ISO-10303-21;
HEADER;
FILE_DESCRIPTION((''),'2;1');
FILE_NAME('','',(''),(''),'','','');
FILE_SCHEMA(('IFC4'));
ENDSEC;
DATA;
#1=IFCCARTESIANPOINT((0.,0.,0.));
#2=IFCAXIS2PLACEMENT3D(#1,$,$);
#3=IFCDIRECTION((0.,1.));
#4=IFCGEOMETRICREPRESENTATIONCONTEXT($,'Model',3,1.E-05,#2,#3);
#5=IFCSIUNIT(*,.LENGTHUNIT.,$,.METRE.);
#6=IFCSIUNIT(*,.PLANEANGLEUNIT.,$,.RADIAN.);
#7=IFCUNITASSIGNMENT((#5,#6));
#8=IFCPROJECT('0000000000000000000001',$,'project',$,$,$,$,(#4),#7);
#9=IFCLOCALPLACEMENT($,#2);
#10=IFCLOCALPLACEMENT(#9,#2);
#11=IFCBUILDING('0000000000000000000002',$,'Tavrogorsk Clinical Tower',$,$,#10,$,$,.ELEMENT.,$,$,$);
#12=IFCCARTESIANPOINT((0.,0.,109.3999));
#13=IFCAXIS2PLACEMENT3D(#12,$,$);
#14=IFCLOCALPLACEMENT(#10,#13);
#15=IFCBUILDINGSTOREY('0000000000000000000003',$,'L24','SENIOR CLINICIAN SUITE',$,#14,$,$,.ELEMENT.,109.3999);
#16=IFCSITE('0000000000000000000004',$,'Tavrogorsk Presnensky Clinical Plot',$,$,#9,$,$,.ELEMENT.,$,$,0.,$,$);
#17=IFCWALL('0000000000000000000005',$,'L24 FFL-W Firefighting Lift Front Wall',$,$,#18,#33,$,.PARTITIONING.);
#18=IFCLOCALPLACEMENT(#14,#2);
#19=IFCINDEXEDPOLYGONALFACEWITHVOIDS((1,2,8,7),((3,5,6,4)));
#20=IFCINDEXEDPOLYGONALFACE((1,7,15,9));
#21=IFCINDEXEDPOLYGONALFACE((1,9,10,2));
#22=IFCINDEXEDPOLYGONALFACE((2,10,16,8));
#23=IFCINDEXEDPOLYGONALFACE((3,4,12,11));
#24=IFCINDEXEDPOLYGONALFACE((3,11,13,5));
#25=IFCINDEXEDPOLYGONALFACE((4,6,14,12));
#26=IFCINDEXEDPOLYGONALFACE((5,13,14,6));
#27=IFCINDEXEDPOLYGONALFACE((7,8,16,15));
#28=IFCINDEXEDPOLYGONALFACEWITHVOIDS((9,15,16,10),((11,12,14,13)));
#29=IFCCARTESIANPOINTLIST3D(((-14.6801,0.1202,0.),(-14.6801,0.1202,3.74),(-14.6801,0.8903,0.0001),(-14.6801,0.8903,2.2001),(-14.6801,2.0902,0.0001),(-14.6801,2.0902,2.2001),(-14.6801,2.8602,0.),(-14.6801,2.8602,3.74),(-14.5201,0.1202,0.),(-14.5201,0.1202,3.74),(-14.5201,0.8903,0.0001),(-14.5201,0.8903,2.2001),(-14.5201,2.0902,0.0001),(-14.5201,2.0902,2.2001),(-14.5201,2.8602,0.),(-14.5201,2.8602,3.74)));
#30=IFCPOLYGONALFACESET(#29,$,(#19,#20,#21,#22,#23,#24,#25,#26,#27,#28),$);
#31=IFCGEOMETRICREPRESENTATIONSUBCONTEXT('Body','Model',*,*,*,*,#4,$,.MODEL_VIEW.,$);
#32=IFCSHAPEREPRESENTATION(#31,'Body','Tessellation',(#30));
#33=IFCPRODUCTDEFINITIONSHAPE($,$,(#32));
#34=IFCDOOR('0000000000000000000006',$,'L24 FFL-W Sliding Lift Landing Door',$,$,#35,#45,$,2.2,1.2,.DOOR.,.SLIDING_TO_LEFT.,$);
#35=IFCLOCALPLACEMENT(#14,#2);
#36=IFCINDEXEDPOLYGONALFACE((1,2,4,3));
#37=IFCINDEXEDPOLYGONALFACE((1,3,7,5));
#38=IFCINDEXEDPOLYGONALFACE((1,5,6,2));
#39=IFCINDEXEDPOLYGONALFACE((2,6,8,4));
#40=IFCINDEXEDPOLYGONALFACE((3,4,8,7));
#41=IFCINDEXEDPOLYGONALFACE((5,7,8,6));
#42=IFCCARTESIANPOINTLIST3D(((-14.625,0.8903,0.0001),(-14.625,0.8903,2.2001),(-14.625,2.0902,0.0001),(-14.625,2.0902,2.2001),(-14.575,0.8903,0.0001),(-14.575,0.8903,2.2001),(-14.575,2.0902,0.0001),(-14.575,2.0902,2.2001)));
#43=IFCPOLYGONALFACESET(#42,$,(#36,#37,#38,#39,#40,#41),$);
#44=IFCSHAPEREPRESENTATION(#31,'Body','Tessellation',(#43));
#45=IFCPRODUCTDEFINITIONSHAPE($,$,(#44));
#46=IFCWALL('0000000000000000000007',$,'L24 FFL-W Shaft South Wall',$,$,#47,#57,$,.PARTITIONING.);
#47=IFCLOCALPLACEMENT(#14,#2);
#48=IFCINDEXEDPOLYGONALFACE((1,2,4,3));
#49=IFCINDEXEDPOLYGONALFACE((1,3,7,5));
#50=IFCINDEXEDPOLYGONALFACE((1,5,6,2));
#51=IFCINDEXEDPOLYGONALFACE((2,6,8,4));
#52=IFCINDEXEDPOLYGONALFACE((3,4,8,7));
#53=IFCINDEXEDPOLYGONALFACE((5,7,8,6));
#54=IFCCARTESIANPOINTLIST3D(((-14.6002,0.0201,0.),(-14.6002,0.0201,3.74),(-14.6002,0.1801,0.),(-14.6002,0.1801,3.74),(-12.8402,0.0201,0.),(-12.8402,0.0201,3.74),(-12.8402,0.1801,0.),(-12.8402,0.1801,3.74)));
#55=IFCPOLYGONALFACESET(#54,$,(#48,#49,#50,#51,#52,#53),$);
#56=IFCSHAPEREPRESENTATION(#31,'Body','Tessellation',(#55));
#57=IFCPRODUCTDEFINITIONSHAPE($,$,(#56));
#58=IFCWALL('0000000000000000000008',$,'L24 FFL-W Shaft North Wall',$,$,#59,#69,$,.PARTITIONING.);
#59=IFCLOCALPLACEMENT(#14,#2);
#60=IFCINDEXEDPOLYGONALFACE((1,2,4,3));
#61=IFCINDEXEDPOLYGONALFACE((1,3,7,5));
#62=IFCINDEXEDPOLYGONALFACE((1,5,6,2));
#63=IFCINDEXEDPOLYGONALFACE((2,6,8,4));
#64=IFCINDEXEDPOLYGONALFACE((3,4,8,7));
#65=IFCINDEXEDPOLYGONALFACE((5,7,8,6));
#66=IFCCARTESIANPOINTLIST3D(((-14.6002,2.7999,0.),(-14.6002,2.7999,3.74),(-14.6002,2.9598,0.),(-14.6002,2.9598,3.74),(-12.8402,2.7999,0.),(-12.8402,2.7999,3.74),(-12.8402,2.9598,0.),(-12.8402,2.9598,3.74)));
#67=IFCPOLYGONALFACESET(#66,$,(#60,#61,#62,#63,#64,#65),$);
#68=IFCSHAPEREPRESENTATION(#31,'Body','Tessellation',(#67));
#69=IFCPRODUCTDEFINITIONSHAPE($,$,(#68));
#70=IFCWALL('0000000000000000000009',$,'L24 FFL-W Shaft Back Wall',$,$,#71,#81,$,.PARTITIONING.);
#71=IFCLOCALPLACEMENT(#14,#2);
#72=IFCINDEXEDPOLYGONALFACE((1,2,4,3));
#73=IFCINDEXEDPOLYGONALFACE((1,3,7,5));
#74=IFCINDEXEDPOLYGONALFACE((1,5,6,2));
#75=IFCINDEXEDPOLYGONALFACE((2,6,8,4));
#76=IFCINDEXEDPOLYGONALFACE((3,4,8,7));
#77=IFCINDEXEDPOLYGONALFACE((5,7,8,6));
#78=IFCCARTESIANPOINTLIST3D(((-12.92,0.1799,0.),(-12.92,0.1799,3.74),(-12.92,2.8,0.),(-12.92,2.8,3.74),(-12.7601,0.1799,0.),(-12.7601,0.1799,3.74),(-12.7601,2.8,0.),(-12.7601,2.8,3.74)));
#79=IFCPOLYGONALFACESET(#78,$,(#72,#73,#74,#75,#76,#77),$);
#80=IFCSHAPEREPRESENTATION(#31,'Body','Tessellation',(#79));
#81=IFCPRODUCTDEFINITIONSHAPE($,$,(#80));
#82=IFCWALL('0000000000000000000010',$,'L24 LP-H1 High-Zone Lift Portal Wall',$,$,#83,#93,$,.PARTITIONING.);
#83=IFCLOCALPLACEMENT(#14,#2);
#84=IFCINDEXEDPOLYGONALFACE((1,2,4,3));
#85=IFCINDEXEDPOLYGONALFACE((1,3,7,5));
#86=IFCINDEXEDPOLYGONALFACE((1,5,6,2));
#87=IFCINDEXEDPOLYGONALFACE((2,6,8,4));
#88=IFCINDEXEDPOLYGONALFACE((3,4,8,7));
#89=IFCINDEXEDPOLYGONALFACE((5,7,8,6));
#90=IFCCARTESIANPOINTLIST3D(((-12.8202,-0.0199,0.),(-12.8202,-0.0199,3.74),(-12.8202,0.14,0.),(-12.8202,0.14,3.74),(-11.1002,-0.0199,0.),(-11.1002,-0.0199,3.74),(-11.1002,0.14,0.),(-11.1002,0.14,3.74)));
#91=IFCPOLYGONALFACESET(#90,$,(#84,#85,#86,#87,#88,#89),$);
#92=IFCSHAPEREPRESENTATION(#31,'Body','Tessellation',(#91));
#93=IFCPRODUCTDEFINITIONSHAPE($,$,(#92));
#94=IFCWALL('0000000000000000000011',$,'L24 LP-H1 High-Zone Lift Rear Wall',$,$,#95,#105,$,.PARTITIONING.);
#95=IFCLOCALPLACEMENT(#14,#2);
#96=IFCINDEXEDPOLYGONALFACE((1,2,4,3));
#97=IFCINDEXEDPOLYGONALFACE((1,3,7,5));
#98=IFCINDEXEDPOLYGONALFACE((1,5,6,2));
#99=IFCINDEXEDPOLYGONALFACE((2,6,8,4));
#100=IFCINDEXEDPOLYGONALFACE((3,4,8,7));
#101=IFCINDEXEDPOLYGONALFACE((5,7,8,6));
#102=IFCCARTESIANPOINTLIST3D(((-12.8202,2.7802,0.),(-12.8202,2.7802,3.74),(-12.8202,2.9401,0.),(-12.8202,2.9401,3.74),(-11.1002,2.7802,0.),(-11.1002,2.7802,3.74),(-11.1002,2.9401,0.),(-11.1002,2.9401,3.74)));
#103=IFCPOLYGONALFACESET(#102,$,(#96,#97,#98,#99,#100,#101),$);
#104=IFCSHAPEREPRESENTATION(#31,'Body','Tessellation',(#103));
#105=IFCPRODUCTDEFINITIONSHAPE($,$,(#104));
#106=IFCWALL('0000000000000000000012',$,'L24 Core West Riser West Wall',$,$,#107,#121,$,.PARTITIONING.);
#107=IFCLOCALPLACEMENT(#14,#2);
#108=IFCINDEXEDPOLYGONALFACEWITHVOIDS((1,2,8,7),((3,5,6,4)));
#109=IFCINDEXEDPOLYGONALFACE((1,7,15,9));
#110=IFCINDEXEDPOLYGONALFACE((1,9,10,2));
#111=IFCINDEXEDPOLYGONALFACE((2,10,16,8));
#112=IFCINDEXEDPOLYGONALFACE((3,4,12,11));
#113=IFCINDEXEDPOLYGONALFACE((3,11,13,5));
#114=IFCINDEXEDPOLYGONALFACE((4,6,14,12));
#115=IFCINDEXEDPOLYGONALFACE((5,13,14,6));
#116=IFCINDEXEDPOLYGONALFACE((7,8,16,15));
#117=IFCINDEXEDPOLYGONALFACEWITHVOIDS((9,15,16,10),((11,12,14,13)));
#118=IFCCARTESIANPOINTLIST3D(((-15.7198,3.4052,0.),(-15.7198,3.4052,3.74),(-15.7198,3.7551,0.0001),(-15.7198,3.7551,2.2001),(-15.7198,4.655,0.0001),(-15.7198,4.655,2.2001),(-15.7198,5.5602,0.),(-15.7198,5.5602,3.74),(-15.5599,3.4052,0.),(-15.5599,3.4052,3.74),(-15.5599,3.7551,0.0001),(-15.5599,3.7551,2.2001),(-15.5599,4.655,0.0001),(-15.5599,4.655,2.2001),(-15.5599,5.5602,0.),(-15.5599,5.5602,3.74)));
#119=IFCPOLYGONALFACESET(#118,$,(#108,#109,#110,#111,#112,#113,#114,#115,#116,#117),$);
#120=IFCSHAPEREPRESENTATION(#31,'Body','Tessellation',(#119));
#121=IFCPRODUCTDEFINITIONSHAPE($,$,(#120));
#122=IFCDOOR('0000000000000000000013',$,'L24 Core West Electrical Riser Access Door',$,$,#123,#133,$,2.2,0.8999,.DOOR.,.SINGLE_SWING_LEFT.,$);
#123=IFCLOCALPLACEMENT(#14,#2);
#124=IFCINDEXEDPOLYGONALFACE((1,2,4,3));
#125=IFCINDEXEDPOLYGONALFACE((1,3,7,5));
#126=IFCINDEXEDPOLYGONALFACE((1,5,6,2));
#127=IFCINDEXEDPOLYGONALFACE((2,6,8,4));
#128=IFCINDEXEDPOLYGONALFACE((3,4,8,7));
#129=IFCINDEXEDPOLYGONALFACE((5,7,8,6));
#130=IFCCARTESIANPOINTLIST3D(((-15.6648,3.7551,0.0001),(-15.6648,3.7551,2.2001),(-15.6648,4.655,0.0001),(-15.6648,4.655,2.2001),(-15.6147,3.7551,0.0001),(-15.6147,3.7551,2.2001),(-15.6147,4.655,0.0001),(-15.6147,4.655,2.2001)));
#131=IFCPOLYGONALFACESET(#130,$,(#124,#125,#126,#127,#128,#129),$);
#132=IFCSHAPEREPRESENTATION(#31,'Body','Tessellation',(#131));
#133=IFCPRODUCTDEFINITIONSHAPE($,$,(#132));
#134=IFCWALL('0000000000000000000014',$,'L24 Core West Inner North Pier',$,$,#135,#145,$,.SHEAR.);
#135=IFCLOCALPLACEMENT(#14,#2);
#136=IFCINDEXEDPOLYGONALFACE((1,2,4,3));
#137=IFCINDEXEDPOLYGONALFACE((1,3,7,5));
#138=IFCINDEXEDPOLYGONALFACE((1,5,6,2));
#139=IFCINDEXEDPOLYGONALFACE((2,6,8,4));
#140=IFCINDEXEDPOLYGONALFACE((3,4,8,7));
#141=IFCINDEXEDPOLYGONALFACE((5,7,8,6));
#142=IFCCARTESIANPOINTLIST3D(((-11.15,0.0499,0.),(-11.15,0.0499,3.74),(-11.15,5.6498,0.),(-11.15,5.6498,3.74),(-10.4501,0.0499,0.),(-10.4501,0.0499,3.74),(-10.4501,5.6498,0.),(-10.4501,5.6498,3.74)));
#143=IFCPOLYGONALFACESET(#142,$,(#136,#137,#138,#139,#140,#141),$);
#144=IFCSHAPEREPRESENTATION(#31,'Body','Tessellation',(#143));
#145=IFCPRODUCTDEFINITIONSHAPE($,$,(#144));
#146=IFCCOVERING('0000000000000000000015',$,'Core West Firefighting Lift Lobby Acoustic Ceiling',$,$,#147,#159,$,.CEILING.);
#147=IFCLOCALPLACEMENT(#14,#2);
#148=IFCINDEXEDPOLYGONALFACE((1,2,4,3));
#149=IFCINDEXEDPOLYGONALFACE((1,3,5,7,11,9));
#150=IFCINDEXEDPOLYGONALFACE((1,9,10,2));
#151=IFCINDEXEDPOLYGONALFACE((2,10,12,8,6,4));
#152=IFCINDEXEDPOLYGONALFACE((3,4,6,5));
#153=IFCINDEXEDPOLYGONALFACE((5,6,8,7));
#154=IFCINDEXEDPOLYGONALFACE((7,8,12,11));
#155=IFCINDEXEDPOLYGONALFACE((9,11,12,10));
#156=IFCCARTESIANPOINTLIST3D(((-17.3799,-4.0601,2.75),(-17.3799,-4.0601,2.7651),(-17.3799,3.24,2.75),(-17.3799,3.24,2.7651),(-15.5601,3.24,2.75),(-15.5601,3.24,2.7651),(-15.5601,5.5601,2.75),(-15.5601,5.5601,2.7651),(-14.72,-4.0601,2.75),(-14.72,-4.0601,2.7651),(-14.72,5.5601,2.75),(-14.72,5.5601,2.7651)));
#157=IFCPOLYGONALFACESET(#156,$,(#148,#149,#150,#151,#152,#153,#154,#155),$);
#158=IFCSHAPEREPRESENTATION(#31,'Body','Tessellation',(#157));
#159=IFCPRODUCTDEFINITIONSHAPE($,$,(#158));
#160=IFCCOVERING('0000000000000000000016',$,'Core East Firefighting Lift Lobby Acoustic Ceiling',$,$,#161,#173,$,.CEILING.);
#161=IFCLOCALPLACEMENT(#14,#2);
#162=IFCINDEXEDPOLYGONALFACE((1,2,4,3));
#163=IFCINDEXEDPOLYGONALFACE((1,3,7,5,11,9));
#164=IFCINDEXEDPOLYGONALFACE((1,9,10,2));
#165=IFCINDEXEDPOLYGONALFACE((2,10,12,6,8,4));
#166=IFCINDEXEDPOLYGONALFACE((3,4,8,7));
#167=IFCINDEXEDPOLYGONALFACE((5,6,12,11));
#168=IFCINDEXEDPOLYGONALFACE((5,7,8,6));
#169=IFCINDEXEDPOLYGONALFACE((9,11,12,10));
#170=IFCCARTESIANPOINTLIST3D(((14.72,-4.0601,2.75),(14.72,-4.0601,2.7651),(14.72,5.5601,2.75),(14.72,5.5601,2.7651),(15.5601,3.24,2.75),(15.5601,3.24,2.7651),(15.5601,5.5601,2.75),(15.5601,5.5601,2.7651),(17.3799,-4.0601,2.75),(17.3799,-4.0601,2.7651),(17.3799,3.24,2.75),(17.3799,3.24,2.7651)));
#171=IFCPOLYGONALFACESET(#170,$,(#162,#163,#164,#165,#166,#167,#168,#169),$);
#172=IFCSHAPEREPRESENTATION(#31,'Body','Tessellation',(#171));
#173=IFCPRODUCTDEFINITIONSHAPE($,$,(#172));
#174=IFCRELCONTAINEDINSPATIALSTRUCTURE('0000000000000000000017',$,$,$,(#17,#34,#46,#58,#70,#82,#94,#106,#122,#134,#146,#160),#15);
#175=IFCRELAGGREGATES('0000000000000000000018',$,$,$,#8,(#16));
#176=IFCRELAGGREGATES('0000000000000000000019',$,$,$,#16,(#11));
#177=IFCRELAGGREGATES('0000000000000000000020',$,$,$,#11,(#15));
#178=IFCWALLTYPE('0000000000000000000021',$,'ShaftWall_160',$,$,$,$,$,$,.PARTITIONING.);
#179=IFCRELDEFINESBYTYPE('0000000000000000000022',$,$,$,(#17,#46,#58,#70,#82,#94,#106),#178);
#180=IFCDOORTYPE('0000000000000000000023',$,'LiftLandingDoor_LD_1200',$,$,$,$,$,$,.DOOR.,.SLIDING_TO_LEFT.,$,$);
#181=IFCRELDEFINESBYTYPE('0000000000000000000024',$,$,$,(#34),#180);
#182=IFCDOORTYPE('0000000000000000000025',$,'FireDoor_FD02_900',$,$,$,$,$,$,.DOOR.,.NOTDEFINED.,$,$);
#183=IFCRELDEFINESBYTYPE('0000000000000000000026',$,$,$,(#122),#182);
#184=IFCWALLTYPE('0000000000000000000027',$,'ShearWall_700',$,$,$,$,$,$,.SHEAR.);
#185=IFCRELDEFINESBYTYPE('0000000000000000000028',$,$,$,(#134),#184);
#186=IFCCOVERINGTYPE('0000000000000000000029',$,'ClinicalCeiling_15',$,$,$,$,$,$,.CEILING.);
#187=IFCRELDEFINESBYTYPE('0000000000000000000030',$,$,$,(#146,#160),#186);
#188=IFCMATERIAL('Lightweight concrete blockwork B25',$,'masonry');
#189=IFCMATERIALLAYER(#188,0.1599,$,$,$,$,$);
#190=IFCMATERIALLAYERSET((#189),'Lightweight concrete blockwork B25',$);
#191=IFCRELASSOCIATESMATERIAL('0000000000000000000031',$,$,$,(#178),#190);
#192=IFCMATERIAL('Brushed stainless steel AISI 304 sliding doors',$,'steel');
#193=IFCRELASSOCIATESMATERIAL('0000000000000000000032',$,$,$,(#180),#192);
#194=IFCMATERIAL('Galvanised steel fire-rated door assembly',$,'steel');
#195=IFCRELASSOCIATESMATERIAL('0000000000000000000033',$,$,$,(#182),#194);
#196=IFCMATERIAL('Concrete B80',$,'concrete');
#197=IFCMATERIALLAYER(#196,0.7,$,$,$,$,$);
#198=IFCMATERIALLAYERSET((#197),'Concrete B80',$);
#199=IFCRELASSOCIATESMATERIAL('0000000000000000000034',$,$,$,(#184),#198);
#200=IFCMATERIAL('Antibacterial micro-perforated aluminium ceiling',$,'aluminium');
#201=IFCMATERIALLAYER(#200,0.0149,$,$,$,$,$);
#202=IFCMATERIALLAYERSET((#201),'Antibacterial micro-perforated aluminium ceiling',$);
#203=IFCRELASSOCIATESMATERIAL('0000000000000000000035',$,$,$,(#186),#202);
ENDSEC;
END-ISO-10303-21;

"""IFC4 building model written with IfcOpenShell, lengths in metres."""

from ifc_helpers import new_model, si_unit, direction, frame, frame_2d, origin, place, context, subcontext, project, spatial, polyline, rectangle, outline, extrude, material, layer, layer_set, type_object, element, fill, save


model = new_model("IFC4")

# Units and contexts
model_context = context("Model", 3, precision=1e-05, world=origin(), true_north=direction((0.0, 1.0)))
body_context = subcontext(model_context, "Body", "Model", "MODEL_VIEW")
ifc_project = project(units=[si_unit("LENGTHUNIT", "METRE"), si_unit("PLANEANGLEUNIT", "RADIAN")], contexts=[model_context])

# Site, building, storey
site_placement = place(None, origin())
site = spatial("IfcSite", under=ifc_project, at=site_placement, Name="Tavrogorsk Presnensky Clinical Plot", CompositionType="ELEMENT", RefElevation=0.0)
building_placement = place(site_placement, origin())
building = spatial("IfcBuilding", under=site, at=building_placement, Name="Tavrogorsk Clinical Tower", CompositionType="ELEMENT")
storey_placement = place(building_placement, frame((0.0, 0.0, 109.3999)))
storey = spatial("IfcBuildingStorey", under=building, at=storey_placement, Name="L24", Description="SENIOR CLINICIAN SUITE", CompositionType="ELEMENT", Elevation=109.3999)

# Wall, opening, door
ifc_material_1 = material(Name="Lightweight concrete blockwork B25", Category="masonry")
ifc_layer_1 = layer(ifc_material_1, 0.1599)
ifc_layer_set_1 = layer_set([ifc_layer_1], Name="Lightweight concrete blockwork B25")
wall_type_1 = type_object("IfcWallType", Name="ShaftWall_160", PredefinedType="PARTITIONING", material=ifc_layer_set_1)
wall_1_placement = place(storey_placement, frame((-14.6001, 0.1201, 0.0), z_axis=(0.0, 0.0, 1.0), x_axis=(0.0, 1.0, 0.0)))
wall_1 = element("IfcWall", 1, at=wall_1_placement, inside=storey, type_object=wall_type_1, Name="L24 FFL-W Firefighting Lift Front Wall", PredefinedType="PARTITIONING", context=body_context, shape_type="SweptSolid", body=[
    extrude(rectangle(XDim=2.74, YDim=0.1599, at=frame_2d((1.3701, 0.0))), origin(), (0.0, 0.0, 1.0), 3.74),
])
opening_1_placement = place(wall_1_placement, frame((0.77, 0.0, 0.0)))
opening_1 = element("IfcOpeningElement", 2, at=opening_1_placement, cuts=wall_1, PredefinedType="OPENING", context=body_context, shape_type="SweptSolid", body=[
    extrude(rectangle(XDim=1.2, YDim=2.2, at=frame_2d((0.6001, 1.1001))), frame((0.0, 0.0898, 0.0), z_axis=(0.0, -1.0, 0.0), x_axis=(1.0, 0.0, 0.0)), (0.0, 0.0, 1.0), 0.1799),
])
ifc_material_2 = material(Name="Brushed stainless steel AISI 304 sliding doors", Category="steel")
door_type_1 = type_object("IfcDoorType", Name="LiftLandingDoor_LD_1200", OperationType="SLIDING_TO_LEFT", PredefinedType="DOOR", material=ifc_material_2)
door_1_placement = place(opening_1_placement, origin())
door_1 = element("IfcDoor", 3, at=door_1_placement, inside=storey, type_object=door_type_1, Name="L24 FFL-W Sliding Lift Landing Door", OperationType="SLIDING_TO_LEFT", OverallHeight=2.2, OverallWidth=1.2, PredefinedType="DOOR", context=body_context, shape_type="SweptSolid", body=[
    extrude(rectangle(XDim=1.2, YDim=2.2, at=frame_2d((0.6001, 1.1001))), frame((0.0, 0.0249, 0.0), z_axis=(0.0, -1.0, 0.0), x_axis=(1.0, 0.0, 0.0)), (0.0, 0.0, 1.0), 0.05),
])
fill(opening_1, door_1)

# Walls
for number, where, z_axis, x_axis, name in (
    (4, (-14.6001, 0.1001, 0.0), (0.0, 0.0, 1.0), (1.0, 0.0, 0.0), "L24 FFL-W Shaft South Wall"),
    (5, (-14.6001, 2.8799, 0.0), (0.0, 0.0, 1.0), (1.0, 0.0, 0.0), "L24 FFL-W Shaft North Wall"),
):
    element("IfcWall", number, at=place(storey_placement, frame(where, z_axis=z_axis, x_axis=x_axis)), inside=storey, type_object=wall_type_1, Name=name, PredefinedType="PARTITIONING", context=body_context, shape_type="SweptSolid", body=[
        extrude(rectangle(XDim=1.76, YDim=0.1599, at=frame_2d((0.8799, 0.0))), origin(), (0.0, 0.0, 1.0), 3.74),
    ])
wall_2_placement = place(storey_placement, frame((-12.8401, 0.1799, 0.0), z_axis=(0.0, 0.0, 1.0), x_axis=(0.0, 1.0, 0.0)))
element("IfcWall", 6, at=wall_2_placement, inside=storey, type_object=wall_type_1, Name="L24 FFL-W Shaft Back Wall", PredefinedType="PARTITIONING", context=body_context, shape_type="SweptSolid", body=[
    extrude(rectangle(XDim=2.6201, YDim=0.1599, at=frame_2d((1.3101, 0.0))), origin(), (0.0, 0.0, 1.0), 3.74),
])
for number, where, z_axis, x_axis, name in (
    (7, (-12.8201, 0.0601, 0.0), (0.0, 0.0, 1.0), (1.0, 0.0, 0.0), "L24 LP-H1 High-Zone Lift Portal Wall"),
    (8, (-12.8201, 2.8601, 0.0), (0.0, 0.0, 1.0), (1.0, 0.0, 0.0), "L24 LP-H1 High-Zone Lift Rear Wall"),
):
    element("IfcWall", number, at=place(storey_placement, frame(where, z_axis=z_axis, x_axis=x_axis)), inside=storey, type_object=wall_type_1, Name=name, PredefinedType="PARTITIONING", context=body_context, shape_type="SweptSolid", body=[
        extrude(rectangle(XDim=1.72, YDim=0.1599, at=frame_2d((0.8599, 0.0))), origin(), (0.0, 0.0, 1.0), 3.74),
    ])

# Wall, opening, door
wall_3_placement = place(storey_placement, frame((-15.6399, 3.405, 0.0), z_axis=(0.0, 0.0, 1.0), x_axis=(0.0, 1.0, 0.0)))
wall_3 = element("IfcWall", 9, at=wall_3_placement, inside=storey, type_object=wall_type_1, Name="L24 Core West Riser West Wall", PredefinedType="PARTITIONING", context=body_context, shape_type="SweptSolid", body=[
    extrude(rectangle(XDim=2.155, YDim=0.1599, at=frame_2d((1.0776, 0.0))), origin(), (0.0, 0.0, 1.0), 3.74),
])
opening_2_placement = place(wall_3_placement, frame((0.3501, 0.0, 0.0)))
opening_2 = element("IfcOpeningElement", 10, at=opening_2_placement, cuts=wall_3, PredefinedType="OPENING", context=body_context, shape_type="SweptSolid", body=[
    extrude(rectangle(XDim=0.8999, YDim=2.2, at=frame_2d((0.45, 1.1001))), frame((0.0, 0.0898, 0.0), z_axis=(0.0, -1.0, 0.0), x_axis=(1.0, 0.0, 0.0)), (0.0, 0.0, 1.0), 0.1799),
])
ifc_material_3 = material(Name="Galvanised steel fire-rated door assembly", Category="steel")
door_type_2 = type_object("IfcDoorType", Name="FireDoor_FD02_900", OperationType="NOTDEFINED", PredefinedType="DOOR", material=ifc_material_3)
door_2_placement = place(opening_2_placement, origin())
door_2 = element("IfcDoor", 11, at=door_2_placement, inside=storey, type_object=door_type_2, Name="L24 Core West Electrical Riser Access Door", OperationType="SINGLE_SWING_LEFT", OverallHeight=2.2, OverallWidth=0.8999, PredefinedType="DOOR", context=body_context, shape_type="SweptSolid", body=[
    extrude(rectangle(XDim=0.8999, YDim=2.2, at=frame_2d((0.45, 1.1001))), frame((0.0, 0.0249, 0.0), z_axis=(0.0, -1.0, 0.0), x_axis=(1.0, 0.0, 0.0)), (0.0, 0.0, 1.0), 0.05),
])
fill(opening_2, door_2)

# Wall
ifc_material_4 = material(Name="Concrete B80", Category="concrete")
ifc_layer_2 = layer(ifc_material_4, 0.7)
ifc_layer_set_2 = layer_set([ifc_layer_2], Name="Concrete B80")
wall_type_2 = type_object("IfcWallType", Name="ShearWall_700", PredefinedType="SHEAR", material=ifc_layer_set_2)
wall_4_placement = place(storey_placement, frame((-10.8, 0.05, 0.0), z_axis=(0.0, 0.0, 1.0), x_axis=(0.0, 1.0, 0.0)))
element("IfcWall", 12, at=wall_4_placement, inside=storey, type_object=wall_type_2, Name="L24 Core West Inner North Pier", PredefinedType="SHEAR", context=body_context, shape_type="SweptSolid", body=[
    extrude(rectangle(XDim=5.5999, YDim=0.7, at=frame_2d((2.7998, 0.0))), origin(), (0.0, 0.0, 1.0), 3.74),
])

# Coverings
ifc_material_5 = material(Name="Antibacterial micro-perforated aluminium ceiling", Category="aluminium")
ifc_layer_3 = layer(ifc_material_5, 0.0149)
ifc_layer_set_3 = layer_set([ifc_layer_3], Name="Antibacterial micro-perforated aluminium ceiling")
covering_type_1 = type_object("IfcCoveringType", Name="ClinicalCeiling_15", PredefinedType="CEILING", material=ifc_layer_set_3)
covering_1_placement = place(storey_placement, frame((0.0, 0.0, 2.75)))
element("IfcCovering", 13, at=covering_1_placement, inside=storey, type_object=covering_type_1, Name="Core West Firefighting Lift Lobby Acoustic Ceiling", PredefinedType="CEILING", context=body_context, shape_type="SweptSolid", body=[
    extrude(outline(polyline([(-14.72, 5.5601), (-14.72, -4.0601), (-17.3799, -4.0601), (-17.3799, 3.24), (-15.5601, 3.24), (-15.5601, 5.5601), (-14.72, 5.5601)])), origin(), (0.0, 0.0, 1.0), 0.0151),
])
covering_2_placement = place(storey_placement, frame((0.0, 0.0, 2.75)))
element("IfcCovering", 14, at=covering_2_placement, inside=storey, type_object=covering_type_1, Name="Core East Firefighting Lift Lobby Acoustic Ceiling", PredefinedType="CEILING", context=body_context, shape_type="SweptSolid", body=[
    extrude(outline(polyline([(17.3799, -4.0601), (14.72, -4.0601), (14.72, 5.5601), (15.5601, 5.5601), (15.5601, 3.24), (17.3799, 3.24), (17.3799, -4.0601)])), origin(), (0.0, 0.0, 1.0), 0.0151),
])

save(model, "model.ifc")
